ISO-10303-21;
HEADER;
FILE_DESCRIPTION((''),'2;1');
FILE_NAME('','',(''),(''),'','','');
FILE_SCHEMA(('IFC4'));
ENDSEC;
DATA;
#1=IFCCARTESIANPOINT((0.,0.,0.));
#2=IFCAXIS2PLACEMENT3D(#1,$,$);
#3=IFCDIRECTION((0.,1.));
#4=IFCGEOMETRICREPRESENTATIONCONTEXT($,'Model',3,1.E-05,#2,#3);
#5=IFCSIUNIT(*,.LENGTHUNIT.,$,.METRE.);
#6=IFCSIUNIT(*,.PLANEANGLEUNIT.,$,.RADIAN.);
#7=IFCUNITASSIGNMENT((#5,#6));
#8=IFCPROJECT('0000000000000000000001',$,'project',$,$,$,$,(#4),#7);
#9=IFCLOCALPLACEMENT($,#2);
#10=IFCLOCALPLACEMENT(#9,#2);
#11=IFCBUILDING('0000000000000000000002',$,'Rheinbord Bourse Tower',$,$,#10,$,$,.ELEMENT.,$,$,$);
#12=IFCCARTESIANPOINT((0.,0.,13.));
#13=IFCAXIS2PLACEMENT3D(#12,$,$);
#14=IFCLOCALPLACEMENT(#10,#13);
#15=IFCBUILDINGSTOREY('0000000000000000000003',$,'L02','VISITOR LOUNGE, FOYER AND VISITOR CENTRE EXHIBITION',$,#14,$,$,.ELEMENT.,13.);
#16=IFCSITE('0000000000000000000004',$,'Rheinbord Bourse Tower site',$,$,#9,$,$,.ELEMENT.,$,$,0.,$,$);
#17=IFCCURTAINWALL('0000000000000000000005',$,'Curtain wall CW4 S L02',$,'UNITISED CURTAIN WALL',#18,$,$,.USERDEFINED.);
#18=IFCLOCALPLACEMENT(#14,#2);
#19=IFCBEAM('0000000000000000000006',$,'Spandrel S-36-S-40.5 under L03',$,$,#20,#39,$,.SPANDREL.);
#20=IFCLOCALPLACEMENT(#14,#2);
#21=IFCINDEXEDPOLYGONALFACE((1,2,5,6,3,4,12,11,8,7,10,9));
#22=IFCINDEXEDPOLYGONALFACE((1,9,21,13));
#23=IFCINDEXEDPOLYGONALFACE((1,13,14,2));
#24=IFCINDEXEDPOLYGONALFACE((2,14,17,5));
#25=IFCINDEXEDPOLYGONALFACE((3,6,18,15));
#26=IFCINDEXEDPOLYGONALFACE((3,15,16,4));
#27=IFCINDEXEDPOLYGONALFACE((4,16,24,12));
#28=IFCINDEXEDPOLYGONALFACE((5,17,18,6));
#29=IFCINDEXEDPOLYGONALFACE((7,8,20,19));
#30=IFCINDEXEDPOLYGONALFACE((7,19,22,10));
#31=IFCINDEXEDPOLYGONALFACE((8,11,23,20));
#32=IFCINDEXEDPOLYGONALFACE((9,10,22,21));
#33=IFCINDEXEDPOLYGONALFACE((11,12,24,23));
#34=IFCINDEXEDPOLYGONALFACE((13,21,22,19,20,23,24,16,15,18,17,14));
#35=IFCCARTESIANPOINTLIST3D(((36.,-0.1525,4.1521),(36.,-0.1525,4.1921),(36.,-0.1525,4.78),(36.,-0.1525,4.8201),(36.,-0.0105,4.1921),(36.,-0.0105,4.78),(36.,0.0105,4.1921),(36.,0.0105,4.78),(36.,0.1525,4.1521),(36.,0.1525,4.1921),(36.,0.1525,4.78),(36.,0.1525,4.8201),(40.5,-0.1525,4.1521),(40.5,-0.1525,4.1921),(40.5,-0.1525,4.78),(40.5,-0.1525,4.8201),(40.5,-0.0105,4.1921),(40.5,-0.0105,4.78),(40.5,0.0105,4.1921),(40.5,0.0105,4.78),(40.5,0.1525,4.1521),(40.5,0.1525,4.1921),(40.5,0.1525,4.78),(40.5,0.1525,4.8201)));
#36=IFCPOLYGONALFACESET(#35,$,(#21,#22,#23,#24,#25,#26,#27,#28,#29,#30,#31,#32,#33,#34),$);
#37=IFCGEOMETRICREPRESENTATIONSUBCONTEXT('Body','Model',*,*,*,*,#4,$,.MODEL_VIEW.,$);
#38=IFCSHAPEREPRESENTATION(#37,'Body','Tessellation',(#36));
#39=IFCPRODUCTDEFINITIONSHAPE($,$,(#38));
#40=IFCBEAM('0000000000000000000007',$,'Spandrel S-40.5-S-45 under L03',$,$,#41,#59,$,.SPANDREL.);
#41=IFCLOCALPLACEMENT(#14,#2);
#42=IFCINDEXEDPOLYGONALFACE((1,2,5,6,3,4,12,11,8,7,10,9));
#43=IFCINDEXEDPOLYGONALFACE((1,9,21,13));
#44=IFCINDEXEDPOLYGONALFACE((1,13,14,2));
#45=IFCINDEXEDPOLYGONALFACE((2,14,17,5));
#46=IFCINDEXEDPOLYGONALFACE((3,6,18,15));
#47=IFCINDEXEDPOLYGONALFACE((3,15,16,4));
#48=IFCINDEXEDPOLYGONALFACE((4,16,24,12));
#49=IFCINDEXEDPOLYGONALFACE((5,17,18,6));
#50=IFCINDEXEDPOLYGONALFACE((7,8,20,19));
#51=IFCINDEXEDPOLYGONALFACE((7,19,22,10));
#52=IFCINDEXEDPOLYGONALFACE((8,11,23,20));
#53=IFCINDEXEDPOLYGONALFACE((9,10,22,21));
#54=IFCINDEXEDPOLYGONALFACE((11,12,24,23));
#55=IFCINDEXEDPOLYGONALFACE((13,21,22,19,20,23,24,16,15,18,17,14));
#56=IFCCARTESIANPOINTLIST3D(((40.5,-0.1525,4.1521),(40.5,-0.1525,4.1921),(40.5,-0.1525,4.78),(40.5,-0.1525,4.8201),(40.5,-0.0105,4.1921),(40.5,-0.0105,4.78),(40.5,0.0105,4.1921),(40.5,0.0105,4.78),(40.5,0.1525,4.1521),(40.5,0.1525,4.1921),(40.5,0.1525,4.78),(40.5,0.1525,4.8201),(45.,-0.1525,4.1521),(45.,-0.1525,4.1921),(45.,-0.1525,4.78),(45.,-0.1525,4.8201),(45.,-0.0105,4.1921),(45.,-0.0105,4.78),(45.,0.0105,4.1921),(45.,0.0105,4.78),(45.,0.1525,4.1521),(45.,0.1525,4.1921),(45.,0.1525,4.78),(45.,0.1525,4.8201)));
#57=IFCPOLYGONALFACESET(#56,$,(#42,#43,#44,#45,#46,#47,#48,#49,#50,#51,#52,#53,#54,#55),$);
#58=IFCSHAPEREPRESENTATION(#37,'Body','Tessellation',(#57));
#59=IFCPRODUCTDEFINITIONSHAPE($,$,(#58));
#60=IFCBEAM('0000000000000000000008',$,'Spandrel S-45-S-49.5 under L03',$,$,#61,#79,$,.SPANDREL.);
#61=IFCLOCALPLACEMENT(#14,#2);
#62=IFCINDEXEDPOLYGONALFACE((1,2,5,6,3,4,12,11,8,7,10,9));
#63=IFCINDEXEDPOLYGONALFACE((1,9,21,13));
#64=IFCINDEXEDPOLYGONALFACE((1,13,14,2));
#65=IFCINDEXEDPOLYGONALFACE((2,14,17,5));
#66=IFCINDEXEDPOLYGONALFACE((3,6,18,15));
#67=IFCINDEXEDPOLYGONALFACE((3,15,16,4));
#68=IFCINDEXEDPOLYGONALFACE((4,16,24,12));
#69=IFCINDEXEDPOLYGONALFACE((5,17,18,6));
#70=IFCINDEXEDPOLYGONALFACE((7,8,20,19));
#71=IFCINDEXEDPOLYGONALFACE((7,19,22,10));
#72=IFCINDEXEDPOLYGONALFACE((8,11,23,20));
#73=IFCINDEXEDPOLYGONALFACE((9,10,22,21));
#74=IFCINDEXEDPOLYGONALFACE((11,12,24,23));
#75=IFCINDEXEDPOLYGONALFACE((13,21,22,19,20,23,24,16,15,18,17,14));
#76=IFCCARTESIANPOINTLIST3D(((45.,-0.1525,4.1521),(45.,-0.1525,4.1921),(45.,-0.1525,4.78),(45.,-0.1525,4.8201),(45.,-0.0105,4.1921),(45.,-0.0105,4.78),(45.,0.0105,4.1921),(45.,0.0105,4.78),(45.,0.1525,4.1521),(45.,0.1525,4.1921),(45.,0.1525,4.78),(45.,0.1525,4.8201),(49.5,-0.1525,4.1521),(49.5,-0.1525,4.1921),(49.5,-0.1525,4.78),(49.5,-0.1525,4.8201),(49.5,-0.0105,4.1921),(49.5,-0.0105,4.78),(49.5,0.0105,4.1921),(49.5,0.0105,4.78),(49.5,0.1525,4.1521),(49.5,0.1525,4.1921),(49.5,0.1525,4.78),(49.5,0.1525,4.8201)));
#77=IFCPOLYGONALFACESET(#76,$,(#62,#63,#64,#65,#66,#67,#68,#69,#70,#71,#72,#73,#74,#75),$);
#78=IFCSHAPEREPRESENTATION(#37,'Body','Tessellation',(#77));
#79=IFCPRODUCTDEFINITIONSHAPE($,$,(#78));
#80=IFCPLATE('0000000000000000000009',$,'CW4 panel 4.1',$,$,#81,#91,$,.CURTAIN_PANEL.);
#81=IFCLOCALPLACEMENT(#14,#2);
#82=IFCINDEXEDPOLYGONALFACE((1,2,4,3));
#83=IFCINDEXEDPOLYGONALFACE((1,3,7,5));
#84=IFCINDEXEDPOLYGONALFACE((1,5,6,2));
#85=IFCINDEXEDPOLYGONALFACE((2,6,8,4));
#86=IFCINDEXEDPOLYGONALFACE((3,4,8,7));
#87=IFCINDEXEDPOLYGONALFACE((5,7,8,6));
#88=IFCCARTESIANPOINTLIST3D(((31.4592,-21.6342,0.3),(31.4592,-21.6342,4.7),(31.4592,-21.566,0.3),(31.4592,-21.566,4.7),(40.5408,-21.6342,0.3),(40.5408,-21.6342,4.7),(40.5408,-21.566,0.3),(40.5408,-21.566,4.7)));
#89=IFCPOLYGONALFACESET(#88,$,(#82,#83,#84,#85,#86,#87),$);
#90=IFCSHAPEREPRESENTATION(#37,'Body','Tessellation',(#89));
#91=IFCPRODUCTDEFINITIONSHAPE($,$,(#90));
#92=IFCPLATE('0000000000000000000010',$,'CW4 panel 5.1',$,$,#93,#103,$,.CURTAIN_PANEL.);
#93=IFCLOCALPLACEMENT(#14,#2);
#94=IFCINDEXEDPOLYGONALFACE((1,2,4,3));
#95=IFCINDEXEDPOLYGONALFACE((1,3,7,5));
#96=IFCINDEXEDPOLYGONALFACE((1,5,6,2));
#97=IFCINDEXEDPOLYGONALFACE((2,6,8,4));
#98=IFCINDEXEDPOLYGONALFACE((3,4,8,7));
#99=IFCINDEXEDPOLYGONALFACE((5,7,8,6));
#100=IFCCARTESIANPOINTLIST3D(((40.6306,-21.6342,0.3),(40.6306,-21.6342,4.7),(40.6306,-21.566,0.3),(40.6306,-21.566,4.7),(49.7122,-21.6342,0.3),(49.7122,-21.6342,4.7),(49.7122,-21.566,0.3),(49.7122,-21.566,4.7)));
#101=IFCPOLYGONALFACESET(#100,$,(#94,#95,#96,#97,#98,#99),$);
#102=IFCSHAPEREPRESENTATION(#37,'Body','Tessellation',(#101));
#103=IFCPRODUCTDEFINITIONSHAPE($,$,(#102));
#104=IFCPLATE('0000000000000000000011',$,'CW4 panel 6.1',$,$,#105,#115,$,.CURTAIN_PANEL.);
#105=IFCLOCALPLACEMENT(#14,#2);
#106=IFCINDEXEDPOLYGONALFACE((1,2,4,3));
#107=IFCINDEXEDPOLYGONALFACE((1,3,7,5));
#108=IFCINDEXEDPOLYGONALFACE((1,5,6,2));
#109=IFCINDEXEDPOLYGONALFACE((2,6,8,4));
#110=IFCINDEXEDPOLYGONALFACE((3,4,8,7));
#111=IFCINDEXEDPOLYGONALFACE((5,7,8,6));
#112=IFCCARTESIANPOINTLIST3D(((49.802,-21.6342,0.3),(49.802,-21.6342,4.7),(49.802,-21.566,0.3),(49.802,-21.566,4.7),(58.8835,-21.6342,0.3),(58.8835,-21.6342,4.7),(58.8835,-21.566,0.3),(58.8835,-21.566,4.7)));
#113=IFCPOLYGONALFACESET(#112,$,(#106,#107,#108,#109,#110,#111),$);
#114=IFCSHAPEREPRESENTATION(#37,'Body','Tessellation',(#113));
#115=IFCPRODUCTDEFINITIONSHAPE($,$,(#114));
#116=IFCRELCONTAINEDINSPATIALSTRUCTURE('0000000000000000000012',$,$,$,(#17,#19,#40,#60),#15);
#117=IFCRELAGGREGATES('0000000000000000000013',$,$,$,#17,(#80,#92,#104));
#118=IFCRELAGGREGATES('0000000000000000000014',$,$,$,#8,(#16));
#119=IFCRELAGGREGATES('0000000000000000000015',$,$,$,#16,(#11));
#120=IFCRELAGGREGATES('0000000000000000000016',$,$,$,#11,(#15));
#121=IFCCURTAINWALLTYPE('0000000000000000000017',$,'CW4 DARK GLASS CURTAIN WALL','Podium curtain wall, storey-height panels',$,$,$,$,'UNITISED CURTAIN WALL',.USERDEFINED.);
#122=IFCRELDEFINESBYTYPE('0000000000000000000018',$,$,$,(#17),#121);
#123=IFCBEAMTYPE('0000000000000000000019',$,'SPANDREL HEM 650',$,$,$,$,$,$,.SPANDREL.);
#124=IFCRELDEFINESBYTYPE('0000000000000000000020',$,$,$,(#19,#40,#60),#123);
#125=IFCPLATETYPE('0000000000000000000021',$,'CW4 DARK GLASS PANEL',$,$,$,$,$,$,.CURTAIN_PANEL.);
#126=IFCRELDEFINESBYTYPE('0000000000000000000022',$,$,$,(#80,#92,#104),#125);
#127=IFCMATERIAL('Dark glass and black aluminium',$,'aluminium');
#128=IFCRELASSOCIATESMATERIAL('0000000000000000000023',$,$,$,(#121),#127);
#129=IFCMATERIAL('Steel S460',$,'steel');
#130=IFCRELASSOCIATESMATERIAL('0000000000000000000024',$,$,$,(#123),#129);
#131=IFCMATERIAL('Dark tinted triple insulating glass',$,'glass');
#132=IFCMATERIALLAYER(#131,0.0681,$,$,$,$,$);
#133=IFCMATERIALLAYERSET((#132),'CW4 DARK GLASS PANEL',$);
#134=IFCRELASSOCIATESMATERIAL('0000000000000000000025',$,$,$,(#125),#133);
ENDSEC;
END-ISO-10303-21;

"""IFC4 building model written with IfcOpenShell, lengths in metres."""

from ifc_helpers import new_model, si_unit, direction, frame, origin, origin_2d, place, context, subcontext, project, spatial, rectangle, i_section, extrude, material, layer, layer_set, material_profile, profile_set, type_object, element, aggregate, save


model = new_model("IFC4")

# Units and contexts
model_context = context("Model", 3, precision=1e-05, world=origin(), true_north=direction((0.0, 1.0)))
body_context = subcontext(model_context, "Body", "Model", "MODEL_VIEW")
ifc_project = project(units=[si_unit("LENGTHUNIT", "METRE"), si_unit("PLANEANGLEUNIT", "RADIAN")], contexts=[model_context])

# Site, building, storey
site_placement = place(None, origin())
site = spatial("IfcSite", under=ifc_project, at=site_placement, Name="Rheinbord Bourse Tower site", CompositionType="ELEMENT", RefElevation=0.0)
building_placement = place(site_placement, origin())
building = spatial("IfcBuilding", under=site, at=building_placement, Name="Rheinbord Bourse Tower", CompositionType="ELEMENT")
storey_placement = place(building_placement, frame((0.0, 0.0, 13.0)))
storey = spatial("IfcBuildingStorey", under=building, at=storey_placement, Name="L02", Description="VISITOR LOUNGE, FOYER AND VISITOR CENTRE EXHIBITION", CompositionType="ELEMENT", Elevation=13.0)

# Curtain wall
ifc_material_1 = material(Name="Dark glass and black aluminium", Category="aluminium")
curtain_wall_type = type_object("IfcCurtainWallType", Name="CW4 DARK GLASS CURTAIN WALL", Description="Podium curtain wall, storey-height panels", ElementType="UNITISED CURTAIN WALL", PredefinedType="USERDEFINED", material=ifc_material_1)
curtain_wall_placement = place(storey_placement, origin())
curtain_wall = element("IfcCurtainWall", 1, at=curtain_wall_placement, inside=storey, type_object=curtain_wall_type, Name="Curtain wall CW4 S L02", ObjectType="UNITISED CURTAIN WALL", PredefinedType="USERDEFINED")

# Beams
ifc_material_2 = material(Name="Steel S460", Category="steel")
ifc_material_profile_1 = material_profile(ifc_material_2, i_section(OverallWidth=0.3049, OverallDepth=0.668, WebThickness=0.021, FlangeThickness=0.04, at=origin_2d()), Name="HEM 650")
ifc_profile_set_1 = profile_set([ifc_material_profile_1], Name="Steel S460")
beam_type_1 = type_object("IfcBeamType", Name="SPANDREL HEM 650", PredefinedType="SPANDREL", material=ifc_profile_set_1)
for number, where, z_axis, x_axis, name in (
    (2, (36.0, 0.0, 4.4861), (1.0, 0.0, 0.0), (0.0, 1.0, 0.0), "Spandrel S-36-S-40.5 under L03"),
    (3, (40.5, 0.0, 4.4861), (1.0, 0.0, 0.0), (0.0, 1.0, 0.0), "Spandrel S-40.5-S-45 under L03"),
    (4, (45.0, 0.0, 4.4861), (1.0, 0.0, 0.0), (0.0, 1.0, 0.0), "Spandrel S-45-S-49.5 under L03"),
):
    element("IfcBeam", number, at=place(storey_placement, frame(where, z_axis=z_axis, x_axis=x_axis)), inside=storey, type_object=beam_type_1, Name=name, PredefinedType="SPANDREL", context=body_context, shape_type="SweptSolid", body=[
        extrude(i_section(OverallWidth=0.3049, OverallDepth=0.668, WebThickness=0.021, FlangeThickness=0.04, at=origin_2d()), origin(), (0.0, 0.0, 1.0), 4.5),
    ])

# Plates
ifc_material_3 = material(Name="Dark tinted triple insulating glass", Category="glass")
ifc_layer = layer(ifc_material_3, 0.0681)
ifc_layer_set = layer_set([ifc_layer], Name="CW4 DARK GLASS PANEL")
plate_type = type_object("IfcPlateType", Name="CW4 DARK GLASS PANEL", PredefinedType="CURTAIN_PANEL", material=ifc_layer_set)
plate_1_placement = place(storey_placement, frame((36.0, -21.6001, 0.3), z_axis=(0.0, 0.0, 1.0), x_axis=(1.0, 0.0, 0.0)))
plate_1 = element("IfcPlate", 5, at=plate_1_placement, type_object=plate_type, Name="CW4 panel 4.1", PredefinedType="CURTAIN_PANEL", context=body_context, shape_type="SweptSolid", body=[
    extrude(rectangle(XDim=9.0815, YDim=0.0681, at=origin_2d()), origin(), (0.0, 0.0, 1.0), 4.3999),
])
plate_2_placement = place(storey_placement, frame((45.1714, -21.6001, 0.3), z_axis=(0.0, 0.0, 1.0), x_axis=(1.0, 0.0, 0.0)))
plate_2 = element("IfcPlate", 6, at=plate_2_placement, type_object=plate_type, Name="CW4 panel 5.1", PredefinedType="CURTAIN_PANEL", context=body_context, shape_type="SweptSolid", body=[
    extrude(rectangle(XDim=9.0815, YDim=0.0681, at=origin_2d()), origin(), (0.0, 0.0, 1.0), 4.3999),
])
plate_3_placement = place(storey_placement, frame((54.3428, -21.6001, 0.3), z_axis=(0.0, 0.0, 1.0), x_axis=(1.0, 0.0, 0.0)))
plate_3 = element("IfcPlate", 7, at=plate_3_placement, type_object=plate_type, Name="CW4 panel 6.1", PredefinedType="CURTAIN_PANEL", context=body_context, shape_type="SweptSolid", body=[
    extrude(rectangle(XDim=9.0815, YDim=0.0681, at=origin_2d()), origin(), (0.0, 0.0, 1.0), 4.3999),
])
aggregate(curtain_wall, [plate_1, plate_2, plate_3])

save(model, "model.ifc")
